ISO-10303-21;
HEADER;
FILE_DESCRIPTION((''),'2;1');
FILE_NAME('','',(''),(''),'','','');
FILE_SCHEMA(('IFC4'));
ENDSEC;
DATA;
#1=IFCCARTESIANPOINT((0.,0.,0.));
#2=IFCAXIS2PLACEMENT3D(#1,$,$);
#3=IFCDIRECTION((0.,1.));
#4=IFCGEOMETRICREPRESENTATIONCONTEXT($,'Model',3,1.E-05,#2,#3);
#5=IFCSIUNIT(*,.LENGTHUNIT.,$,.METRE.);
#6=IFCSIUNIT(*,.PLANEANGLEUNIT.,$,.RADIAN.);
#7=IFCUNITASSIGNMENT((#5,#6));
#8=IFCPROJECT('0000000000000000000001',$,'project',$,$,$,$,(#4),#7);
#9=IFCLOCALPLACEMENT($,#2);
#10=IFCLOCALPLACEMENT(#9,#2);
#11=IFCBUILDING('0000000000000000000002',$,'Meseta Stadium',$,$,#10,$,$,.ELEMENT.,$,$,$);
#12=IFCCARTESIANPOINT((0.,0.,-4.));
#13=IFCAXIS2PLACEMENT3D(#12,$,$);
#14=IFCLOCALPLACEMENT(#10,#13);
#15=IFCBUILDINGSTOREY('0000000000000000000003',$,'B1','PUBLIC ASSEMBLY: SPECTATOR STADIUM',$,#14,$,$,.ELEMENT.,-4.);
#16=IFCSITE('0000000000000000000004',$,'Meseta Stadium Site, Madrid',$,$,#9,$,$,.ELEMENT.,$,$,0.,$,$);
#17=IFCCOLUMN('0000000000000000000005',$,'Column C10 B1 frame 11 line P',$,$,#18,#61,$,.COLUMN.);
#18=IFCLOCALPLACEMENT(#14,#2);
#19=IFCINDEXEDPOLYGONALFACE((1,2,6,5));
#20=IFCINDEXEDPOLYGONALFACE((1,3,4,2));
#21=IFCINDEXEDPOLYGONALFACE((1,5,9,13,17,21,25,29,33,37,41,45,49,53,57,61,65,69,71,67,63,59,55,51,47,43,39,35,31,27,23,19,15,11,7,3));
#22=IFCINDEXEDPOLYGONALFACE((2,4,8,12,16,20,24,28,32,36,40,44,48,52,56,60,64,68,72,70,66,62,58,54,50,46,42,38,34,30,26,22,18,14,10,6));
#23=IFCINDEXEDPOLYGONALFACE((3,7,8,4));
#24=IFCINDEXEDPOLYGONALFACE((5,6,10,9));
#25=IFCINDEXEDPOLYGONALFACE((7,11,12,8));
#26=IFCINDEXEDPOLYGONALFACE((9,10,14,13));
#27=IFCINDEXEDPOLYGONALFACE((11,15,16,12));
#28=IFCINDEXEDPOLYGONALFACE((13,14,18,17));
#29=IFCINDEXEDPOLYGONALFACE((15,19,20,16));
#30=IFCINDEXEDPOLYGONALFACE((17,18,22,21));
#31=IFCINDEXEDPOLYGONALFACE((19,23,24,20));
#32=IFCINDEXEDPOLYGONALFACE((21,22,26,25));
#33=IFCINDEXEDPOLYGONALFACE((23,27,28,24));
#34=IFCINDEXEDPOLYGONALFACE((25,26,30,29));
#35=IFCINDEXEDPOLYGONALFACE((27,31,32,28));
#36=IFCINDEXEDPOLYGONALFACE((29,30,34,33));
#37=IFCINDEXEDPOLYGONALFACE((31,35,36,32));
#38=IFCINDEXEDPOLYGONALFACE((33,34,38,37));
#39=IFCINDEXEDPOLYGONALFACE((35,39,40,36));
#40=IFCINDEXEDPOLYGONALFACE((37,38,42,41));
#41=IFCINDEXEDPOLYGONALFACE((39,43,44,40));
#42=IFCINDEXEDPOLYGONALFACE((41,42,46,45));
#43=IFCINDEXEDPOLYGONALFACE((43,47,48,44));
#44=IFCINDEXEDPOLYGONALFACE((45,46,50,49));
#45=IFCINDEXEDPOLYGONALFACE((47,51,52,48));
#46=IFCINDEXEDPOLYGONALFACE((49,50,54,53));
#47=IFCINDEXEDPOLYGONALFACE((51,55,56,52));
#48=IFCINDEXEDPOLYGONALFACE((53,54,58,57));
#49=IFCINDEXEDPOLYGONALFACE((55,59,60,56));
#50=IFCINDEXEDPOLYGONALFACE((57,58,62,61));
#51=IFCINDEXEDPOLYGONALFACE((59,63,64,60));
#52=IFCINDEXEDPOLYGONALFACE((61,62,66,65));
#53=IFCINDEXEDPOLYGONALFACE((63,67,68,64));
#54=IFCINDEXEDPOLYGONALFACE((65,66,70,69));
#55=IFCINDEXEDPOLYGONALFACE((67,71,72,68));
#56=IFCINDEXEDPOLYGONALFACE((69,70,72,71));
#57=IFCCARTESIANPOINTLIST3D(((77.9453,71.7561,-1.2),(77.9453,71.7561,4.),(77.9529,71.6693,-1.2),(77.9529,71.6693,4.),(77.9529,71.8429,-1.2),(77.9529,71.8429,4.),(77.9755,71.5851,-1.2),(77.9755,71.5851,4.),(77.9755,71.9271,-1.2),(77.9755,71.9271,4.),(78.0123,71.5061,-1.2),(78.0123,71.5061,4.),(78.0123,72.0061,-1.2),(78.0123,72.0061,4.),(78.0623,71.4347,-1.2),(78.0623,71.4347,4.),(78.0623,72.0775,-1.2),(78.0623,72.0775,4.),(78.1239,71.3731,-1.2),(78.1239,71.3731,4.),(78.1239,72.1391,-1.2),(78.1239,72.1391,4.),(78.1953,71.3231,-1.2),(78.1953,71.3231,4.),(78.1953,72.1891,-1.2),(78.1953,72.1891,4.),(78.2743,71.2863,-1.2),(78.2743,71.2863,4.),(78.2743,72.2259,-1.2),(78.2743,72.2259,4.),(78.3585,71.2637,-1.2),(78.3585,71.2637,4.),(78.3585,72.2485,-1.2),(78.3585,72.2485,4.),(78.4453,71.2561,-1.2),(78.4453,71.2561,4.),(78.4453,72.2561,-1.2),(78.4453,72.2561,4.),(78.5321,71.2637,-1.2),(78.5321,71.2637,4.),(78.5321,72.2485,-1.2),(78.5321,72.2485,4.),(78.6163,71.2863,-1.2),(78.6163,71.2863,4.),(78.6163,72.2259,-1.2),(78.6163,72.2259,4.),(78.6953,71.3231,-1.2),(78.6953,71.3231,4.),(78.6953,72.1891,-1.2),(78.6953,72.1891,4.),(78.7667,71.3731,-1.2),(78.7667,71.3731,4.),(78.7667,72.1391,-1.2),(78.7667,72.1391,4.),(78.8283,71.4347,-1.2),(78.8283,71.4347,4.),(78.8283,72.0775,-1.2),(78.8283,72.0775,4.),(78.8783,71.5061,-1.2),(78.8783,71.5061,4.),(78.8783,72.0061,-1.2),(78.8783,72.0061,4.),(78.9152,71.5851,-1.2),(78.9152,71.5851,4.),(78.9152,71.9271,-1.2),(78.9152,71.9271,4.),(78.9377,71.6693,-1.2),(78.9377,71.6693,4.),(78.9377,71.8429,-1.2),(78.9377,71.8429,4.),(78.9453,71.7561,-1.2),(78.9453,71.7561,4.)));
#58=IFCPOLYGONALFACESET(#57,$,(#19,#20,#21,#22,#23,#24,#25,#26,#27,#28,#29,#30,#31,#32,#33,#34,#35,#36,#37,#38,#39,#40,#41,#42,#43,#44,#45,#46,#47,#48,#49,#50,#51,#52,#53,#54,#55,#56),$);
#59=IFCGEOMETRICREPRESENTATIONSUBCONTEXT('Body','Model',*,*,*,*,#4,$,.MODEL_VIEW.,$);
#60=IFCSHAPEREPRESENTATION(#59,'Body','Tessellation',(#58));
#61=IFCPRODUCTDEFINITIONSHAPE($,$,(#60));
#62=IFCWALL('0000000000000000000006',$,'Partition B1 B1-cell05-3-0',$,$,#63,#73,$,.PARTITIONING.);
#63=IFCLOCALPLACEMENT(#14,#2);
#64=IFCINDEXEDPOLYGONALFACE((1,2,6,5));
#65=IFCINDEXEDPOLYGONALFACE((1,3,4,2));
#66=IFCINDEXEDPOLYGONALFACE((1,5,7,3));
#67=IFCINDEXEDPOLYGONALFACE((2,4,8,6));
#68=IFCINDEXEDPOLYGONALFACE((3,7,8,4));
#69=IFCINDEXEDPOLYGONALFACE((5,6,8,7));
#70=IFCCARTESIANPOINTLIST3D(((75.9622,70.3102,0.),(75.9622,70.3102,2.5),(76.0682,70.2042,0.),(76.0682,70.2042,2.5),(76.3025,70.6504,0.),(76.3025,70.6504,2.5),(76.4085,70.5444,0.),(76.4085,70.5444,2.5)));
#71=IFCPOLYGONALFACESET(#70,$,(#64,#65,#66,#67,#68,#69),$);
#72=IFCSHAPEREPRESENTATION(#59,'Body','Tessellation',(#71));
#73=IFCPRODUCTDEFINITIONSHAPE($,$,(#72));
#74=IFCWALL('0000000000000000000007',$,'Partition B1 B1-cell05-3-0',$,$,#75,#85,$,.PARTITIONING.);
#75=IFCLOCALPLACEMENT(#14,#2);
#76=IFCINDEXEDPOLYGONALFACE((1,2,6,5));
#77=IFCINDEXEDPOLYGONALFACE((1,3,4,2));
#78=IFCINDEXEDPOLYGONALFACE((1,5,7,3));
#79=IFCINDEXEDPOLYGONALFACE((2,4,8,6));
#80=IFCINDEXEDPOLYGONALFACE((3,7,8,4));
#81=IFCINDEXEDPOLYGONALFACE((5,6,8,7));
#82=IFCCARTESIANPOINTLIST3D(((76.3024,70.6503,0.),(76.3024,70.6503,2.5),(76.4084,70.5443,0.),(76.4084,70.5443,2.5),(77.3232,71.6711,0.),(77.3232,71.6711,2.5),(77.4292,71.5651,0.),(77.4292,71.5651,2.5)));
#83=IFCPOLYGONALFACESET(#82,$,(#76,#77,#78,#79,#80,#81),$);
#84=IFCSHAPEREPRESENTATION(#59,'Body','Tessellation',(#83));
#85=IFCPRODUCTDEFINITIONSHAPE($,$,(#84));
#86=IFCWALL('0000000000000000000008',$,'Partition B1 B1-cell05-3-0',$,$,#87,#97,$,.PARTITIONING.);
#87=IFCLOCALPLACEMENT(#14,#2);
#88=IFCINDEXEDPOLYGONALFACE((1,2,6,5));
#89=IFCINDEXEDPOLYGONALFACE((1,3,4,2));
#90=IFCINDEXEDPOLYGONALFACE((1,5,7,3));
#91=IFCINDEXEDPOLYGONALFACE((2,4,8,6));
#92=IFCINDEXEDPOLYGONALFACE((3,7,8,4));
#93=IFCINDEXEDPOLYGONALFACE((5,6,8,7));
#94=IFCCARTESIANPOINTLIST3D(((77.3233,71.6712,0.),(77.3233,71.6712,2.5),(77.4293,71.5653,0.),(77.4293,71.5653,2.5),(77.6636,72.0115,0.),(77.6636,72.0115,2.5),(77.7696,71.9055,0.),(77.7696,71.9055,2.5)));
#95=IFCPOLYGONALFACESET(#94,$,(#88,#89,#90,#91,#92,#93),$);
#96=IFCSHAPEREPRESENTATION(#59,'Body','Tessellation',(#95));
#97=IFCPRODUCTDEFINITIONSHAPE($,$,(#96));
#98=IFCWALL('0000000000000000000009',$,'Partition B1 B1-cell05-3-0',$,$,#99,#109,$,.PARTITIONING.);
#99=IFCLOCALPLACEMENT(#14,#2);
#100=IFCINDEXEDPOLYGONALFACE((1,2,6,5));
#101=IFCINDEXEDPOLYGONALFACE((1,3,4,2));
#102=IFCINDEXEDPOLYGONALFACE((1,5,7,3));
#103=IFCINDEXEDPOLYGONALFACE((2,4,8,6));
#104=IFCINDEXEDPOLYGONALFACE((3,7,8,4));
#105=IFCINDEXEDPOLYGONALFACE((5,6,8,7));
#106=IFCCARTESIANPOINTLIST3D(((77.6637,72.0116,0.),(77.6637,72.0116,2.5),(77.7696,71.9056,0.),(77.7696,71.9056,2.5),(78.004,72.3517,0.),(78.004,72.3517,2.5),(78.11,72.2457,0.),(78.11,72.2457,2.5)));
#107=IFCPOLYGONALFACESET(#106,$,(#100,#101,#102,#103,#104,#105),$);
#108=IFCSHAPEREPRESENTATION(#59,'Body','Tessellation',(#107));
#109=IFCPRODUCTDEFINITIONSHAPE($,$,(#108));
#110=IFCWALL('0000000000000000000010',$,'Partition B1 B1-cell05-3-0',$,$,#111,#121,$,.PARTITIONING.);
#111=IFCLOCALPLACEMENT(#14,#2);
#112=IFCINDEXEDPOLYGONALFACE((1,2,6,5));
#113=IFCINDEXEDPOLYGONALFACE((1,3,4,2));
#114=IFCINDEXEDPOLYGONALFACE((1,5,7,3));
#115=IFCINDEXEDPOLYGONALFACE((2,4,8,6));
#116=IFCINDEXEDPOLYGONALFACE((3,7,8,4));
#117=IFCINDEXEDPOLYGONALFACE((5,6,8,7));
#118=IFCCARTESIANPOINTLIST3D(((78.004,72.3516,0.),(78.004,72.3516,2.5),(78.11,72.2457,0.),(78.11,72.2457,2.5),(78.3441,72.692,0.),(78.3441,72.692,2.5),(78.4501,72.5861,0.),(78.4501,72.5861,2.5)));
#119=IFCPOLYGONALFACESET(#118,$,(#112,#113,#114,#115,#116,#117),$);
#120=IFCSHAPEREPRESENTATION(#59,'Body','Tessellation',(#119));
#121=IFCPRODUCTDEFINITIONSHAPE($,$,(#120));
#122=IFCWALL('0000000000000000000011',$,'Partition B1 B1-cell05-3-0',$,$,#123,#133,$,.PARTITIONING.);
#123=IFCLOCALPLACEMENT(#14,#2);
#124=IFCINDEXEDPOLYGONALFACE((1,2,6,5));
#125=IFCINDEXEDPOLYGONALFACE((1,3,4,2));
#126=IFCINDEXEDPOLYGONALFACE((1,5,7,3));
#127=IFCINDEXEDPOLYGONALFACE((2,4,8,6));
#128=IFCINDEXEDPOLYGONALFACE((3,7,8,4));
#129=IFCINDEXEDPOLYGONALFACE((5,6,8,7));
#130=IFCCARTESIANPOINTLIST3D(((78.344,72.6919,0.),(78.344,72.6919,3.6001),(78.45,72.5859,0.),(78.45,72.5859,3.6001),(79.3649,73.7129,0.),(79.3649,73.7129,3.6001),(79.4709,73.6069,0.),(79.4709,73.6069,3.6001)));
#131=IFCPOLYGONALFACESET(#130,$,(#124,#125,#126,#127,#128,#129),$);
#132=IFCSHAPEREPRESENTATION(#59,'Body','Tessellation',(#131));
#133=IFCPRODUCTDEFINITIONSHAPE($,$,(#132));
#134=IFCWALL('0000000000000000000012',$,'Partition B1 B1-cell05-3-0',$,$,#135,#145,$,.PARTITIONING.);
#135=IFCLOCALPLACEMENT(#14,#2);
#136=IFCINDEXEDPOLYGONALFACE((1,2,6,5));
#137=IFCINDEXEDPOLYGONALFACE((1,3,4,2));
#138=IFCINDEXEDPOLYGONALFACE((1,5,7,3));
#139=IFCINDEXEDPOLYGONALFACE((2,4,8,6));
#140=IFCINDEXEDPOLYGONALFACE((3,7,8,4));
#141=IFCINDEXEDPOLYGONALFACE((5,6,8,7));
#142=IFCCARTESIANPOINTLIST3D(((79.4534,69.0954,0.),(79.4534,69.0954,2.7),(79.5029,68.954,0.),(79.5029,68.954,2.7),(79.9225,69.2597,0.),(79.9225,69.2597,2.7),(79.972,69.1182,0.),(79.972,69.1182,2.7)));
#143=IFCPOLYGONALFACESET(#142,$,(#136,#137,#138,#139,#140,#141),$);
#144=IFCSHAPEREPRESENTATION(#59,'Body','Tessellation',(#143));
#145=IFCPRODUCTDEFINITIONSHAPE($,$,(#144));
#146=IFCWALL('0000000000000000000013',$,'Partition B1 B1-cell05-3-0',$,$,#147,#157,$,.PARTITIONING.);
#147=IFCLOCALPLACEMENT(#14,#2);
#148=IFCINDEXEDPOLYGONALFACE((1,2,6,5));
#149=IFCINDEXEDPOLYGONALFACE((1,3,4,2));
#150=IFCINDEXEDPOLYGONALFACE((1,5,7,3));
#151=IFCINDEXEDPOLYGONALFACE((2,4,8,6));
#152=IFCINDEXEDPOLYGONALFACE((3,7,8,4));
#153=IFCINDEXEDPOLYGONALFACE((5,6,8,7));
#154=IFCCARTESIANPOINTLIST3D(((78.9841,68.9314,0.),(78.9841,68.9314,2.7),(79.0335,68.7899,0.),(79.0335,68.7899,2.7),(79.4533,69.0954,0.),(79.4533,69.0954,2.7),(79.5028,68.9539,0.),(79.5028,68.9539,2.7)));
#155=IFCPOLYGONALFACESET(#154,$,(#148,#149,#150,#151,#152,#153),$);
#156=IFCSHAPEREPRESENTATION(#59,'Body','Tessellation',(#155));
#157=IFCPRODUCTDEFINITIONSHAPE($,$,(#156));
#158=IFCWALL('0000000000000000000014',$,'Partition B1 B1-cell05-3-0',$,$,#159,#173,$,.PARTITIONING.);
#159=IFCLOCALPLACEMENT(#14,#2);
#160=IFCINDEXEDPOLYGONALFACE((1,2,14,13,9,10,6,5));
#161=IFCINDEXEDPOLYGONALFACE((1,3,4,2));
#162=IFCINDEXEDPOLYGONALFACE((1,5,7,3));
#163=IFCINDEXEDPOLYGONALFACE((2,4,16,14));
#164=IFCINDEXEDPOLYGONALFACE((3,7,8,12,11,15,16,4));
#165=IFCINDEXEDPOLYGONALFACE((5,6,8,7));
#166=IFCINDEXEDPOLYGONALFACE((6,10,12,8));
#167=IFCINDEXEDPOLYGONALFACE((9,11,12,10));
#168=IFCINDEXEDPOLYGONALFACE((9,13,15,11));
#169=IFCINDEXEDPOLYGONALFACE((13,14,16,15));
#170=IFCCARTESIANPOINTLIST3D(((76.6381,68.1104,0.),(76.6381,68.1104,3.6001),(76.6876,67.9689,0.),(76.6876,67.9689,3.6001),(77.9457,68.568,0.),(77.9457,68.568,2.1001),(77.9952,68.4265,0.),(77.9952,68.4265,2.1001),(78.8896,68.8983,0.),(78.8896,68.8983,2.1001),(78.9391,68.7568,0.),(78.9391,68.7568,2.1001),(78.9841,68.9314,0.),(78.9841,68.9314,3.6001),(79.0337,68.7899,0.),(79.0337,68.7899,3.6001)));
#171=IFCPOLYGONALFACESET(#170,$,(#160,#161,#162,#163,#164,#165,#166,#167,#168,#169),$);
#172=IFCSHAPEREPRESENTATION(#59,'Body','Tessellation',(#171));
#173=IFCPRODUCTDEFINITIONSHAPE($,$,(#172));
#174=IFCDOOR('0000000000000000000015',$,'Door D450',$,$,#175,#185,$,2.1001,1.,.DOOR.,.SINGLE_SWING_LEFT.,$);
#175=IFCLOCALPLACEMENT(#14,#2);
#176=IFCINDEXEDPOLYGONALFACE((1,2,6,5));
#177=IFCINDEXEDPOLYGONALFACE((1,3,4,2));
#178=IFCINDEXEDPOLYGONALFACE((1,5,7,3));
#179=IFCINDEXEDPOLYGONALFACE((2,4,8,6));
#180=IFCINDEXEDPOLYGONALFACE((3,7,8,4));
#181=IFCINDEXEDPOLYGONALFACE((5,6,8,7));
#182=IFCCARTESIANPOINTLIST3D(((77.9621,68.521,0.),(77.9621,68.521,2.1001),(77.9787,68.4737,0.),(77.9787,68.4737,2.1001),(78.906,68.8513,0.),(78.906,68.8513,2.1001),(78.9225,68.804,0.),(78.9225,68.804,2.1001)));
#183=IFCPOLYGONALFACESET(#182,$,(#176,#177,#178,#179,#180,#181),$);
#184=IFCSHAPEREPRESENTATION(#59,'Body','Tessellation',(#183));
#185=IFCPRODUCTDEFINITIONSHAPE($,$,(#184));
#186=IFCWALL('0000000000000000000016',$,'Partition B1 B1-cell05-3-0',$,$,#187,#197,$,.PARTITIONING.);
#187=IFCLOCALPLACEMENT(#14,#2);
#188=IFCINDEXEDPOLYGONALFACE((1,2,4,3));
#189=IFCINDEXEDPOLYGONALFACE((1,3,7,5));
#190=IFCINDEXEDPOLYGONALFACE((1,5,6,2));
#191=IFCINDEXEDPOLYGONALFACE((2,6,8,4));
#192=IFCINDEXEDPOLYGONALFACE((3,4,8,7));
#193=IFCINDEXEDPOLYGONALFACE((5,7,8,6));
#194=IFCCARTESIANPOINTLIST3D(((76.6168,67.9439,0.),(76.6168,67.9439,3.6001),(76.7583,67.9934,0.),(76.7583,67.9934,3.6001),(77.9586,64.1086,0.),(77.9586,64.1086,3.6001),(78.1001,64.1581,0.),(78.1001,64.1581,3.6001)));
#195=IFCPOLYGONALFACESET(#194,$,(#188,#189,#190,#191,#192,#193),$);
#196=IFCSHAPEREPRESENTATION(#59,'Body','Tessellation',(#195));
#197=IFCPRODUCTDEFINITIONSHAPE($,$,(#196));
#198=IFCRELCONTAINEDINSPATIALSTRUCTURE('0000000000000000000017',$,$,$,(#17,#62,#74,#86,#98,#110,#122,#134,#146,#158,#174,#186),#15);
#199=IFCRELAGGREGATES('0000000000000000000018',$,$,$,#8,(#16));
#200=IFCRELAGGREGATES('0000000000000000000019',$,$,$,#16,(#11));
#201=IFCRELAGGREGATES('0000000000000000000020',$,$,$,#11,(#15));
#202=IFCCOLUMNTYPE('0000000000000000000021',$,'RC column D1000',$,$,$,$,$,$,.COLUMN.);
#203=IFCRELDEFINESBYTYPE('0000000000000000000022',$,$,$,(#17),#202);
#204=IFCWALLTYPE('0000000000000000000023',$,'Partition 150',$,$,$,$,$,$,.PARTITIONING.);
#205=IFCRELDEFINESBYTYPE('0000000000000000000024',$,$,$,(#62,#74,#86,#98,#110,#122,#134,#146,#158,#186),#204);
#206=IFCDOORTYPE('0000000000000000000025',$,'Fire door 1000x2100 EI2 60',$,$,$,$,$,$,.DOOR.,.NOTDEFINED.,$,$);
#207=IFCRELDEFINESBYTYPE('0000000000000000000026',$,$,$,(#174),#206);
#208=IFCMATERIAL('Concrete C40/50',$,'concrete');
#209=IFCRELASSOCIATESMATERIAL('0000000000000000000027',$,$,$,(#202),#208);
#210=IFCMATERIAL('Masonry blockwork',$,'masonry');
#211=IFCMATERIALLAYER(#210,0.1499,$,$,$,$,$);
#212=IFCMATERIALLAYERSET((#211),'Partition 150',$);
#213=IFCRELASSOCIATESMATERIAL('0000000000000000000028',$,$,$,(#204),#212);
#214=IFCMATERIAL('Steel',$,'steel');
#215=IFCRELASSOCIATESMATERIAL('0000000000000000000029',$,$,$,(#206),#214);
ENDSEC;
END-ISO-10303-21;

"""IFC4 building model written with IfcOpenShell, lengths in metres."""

from ifc_helpers import new_model, si_unit, direction, frame, frame_2d, origin, origin_2d, place, context, subcontext, project, spatial, rectangle, circle, extrude, material, layer, layer_set, material_profile, profile_set, type_object, element, fill, save


model = new_model("IFC4")

# Units and contexts
model_context = context("Model", 3, precision=1e-05, world=origin(), true_north=direction((0.0, 1.0)))
body_context = subcontext(model_context, "Body", "Model", "MODEL_VIEW")
ifc_project = project(units=[si_unit("LENGTHUNIT", "METRE"), si_unit("PLANEANGLEUNIT", "RADIAN")], contexts=[model_context])

# Site, building, storey
site_placement = place(None, origin())
site = spatial("IfcSite", under=ifc_project, at=site_placement, Name="Meseta Stadium Site, Madrid", CompositionType="ELEMENT", RefElevation=0.0)
building_placement = place(site_placement, origin())
building = spatial("IfcBuilding", under=site, at=building_placement, Name="Meseta Stadium", CompositionType="ELEMENT")
storey_placement = place(building_placement, frame((0.0, 0.0, -4.0)))
storey = spatial("IfcBuildingStorey", under=building, at=storey_placement, Name="B1", Description="PUBLIC ASSEMBLY: SPECTATOR STADIUM", CompositionType="ELEMENT", Elevation=-4.0)

# Column
ifc_material_1 = material(Name="Concrete C40/50", Category="concrete")
ifc_material_profile = material_profile(ifc_material_1, circle(Radius=0.5, at=origin_2d()), Name="RC D1000")
ifc_profile_set = profile_set([ifc_material_profile], Name="Concrete C40/50")
column_type = type_object("IfcColumnType", Name="RC column D1000", PredefinedType="COLUMN", material=ifc_profile_set)
column_placement = place(storey_placement, frame((78.4453, 71.7561, -1.2), z_axis=(0.0, 0.0, 1.0), x_axis=(1.0, 0.0, 0.0)))
element("IfcColumn", 1, at=column_placement, inside=storey, type_object=column_type, Name="Column C10 B1 frame 11 line P", PredefinedType="COLUMN", context=body_context, shape_type="SweptSolid", body=[
    extrude(circle(Radius=0.5, at=origin_2d()), origin(), (0.0, 0.0, 1.0), 5.2),
])

# Walls
ifc_material_2 = material(Name="Masonry blockwork", Category="masonry")
ifc_layer = layer(ifc_material_2, 0.1499)
ifc_layer_set = layer_set([ifc_layer], Name="Partition 150")
wall_type = type_object("IfcWallType", Name="Partition 150", PredefinedType="PARTITIONING", material=ifc_layer_set)
wall_1_placement = place(storey_placement, frame((76.0151, 70.2571, 0.0), z_axis=(0.0, 0.0, 1.0), x_axis=(0.707107, 0.707107, 0.0)))
element("IfcWall", 2, at=wall_1_placement, inside=storey, type_object=wall_type, Name="Partition B1 B1-cell05-3-0", PredefinedType="PARTITIONING", context=body_context, shape_type="SweptSolid", body=[
    extrude(rectangle(XDim=0.4812, YDim=0.1499, at=frame_2d((0.2407, 0.0))), origin(), (0.0, 0.0, 1.0), 2.5),
])
wall_2_placement = place(storey_placement, frame((76.3555, 70.5974, 0.0), z_axis=(0.0, 0.0, 1.0), x_axis=(0.707107, 0.707107, 0.0)))
element("IfcWall", 3, at=wall_2_placement, inside=storey, type_object=wall_type, Name="Partition B1 B1-cell05-3-0", PredefinedType="PARTITIONING", context=body_context, shape_type="SweptSolid", body=[
    extrude(rectangle(XDim=1.4436, YDim=0.1499, at=frame_2d((0.7217, 0.0))), origin(), (0.0, 0.0, 1.0), 2.5),
])
for number, where, z_axis, x_axis, name in (
    (4, (77.3762, 71.6182, 0.0), (0.0, 0.0, 1.0), (0.707107, 0.707107, 0.0), "Partition B1 B1-cell05-3-0"),
    (5, (77.7166, 71.9585, 0.0), (0.0, 0.0, 1.0), (0.70736, 0.706853, 0.0), "Partition B1 B1-cell05-3-0"),
    (6, (78.0569, 72.2986, 0.0), (0.0, 0.0, 1.0), (0.706853, 0.70736, 0.0), "Partition B1 B1-cell05-3-0"),
):
    element("IfcWall", number, at=place(storey_placement, frame(where, z_axis=z_axis, x_axis=x_axis)), inside=storey, type_object=wall_type, Name=name, PredefinedType="PARTITIONING", context=body_context, shape_type="SweptSolid", body=[
        extrude(rectangle(XDim=0.4812, YDim=0.1499, at=frame_2d((0.2407, 0.0))), origin(), (0.0, 0.0, 1.0), 2.5),
    ])
wall_3_placement = place(storey_placement, frame((78.397, 72.6389, 0.0), z_axis=(0.0, 0.0, 1.0), x_axis=(0.707107, 0.707107, 0.0)))
element("IfcWall", 7, at=wall_3_placement, inside=storey, type_object=wall_type, Name="Partition B1 B1-cell05-3-0", PredefinedType="PARTITIONING", context=body_context, shape_type="SweptSolid", body=[
    extrude(rectangle(XDim=1.4438, YDim=0.1499, at=frame_2d((0.7219, 0.0))), origin(), (0.0, 0.0, 1.0), 3.6001),
])
for number, where, z_axis, x_axis, name in (
    (8, (79.9473, 69.189, 0.0), (0.0, 0.0, 1.0), (-0.943812, -0.330482, 0.0), "Partition B1 B1-cell05-3-0"),
    (9, (79.478, 69.0247, 0.0), (0.0, 0.0, 1.0), (-0.943966, -0.330044, 0.0), "Partition B1 B1-cell05-3-0"),
):
    element("IfcWall", number, at=place(storey_placement, frame(where, z_axis=z_axis, x_axis=x_axis)), inside=storey, type_object=wall_type, Name=name, PredefinedType="PARTITIONING", context=body_context, shape_type="SweptSolid", body=[
        extrude(rectangle(XDim=0.4971, YDim=0.1499, at=frame_2d((0.2485, 0.0))), origin(), (0.0, 0.0, 1.0), 2.7),
    ])

# Wall, opening, door
wall_4_placement = place(storey_placement, frame((79.0088, 68.8606, 0.0), z_axis=(0.0, 0.0, 1.0), x_axis=(-0.943874, -0.330307, 0.0)))
wall_4 = element("IfcWall", 10, at=wall_4_placement, inside=storey, type_object=wall_type, Name="Partition B1 B1-cell05-3-0", PredefinedType="PARTITIONING", context=body_context, shape_type="SweptSolid", body=[
    extrude(rectangle(XDim=2.4856, YDim=0.1499, at=frame_2d((1.2427, 0.0))), origin(), (0.0, 0.0, 1.0), 3.6001),
])
opening_placement = place(wall_4_placement, frame((0.1001, 0.0, 0.0)))
opening = element("IfcOpeningElement", 11, at=opening_placement, cuts=wall_4, PredefinedType="OPENING", context=body_context, shape_type="SweptSolid", body=[
    extrude(rectangle(XDim=1.0, YDim=2.1001, at=frame_2d((0.5, 1.05))), frame((0.0, 0.085, 0.0), z_axis=(0.0, -1.0, 0.0), x_axis=(1.0, 0.0, 0.0)), (0.0, 0.0, 1.0), 0.1699),
])
ifc_material_3 = material(Name="Steel", Category="steel")
door_type = type_object("IfcDoorType", Name="Fire door 1000x2100 EI2 60", OperationType="NOTDEFINED", PredefinedType="DOOR", material=ifc_material_3)
door_placement = place(opening_placement, origin())
door = element("IfcDoor", 12, at=door_placement, inside=storey, type_object=door_type, Name="Door D450", OperationType="SINGLE_SWING_LEFT", OverallHeight=2.1001, OverallWidth=1.0, PredefinedType="DOOR", context=body_context, shape_type="SweptSolid", body=[
    extrude(rectangle(XDim=1.0, YDim=2.1001, at=frame_2d((0.5, 1.05))), frame((0.0, 0.0249, 0.0), z_axis=(0.0, -1.0, 0.0), x_axis=(1.0, 0.0, 0.0)), (0.0, 0.0, 1.0), 0.05),
])
fill(opening, door)

# Wall
wall_5_placement = place(storey_placement, frame((76.6875, 67.9688, 0.0), z_axis=(0.0, 0.0, 1.0), x_axis=(0.330235, -0.943899, 0.0)))
element("IfcWall", 13, at=wall_5_placement, inside=storey, type_object=wall_type, Name="Partition B1 B1-cell05-3-0", PredefinedType="PARTITIONING", context=body_context, shape_type="SweptSolid", body=[
    extrude(rectangle(XDim=4.0632, YDim=0.1499, at=frame_2d((2.0317, 0.0))), origin(), (0.0, 0.0, 1.0), 3.6001),
])

save(model, "model.ifc")
